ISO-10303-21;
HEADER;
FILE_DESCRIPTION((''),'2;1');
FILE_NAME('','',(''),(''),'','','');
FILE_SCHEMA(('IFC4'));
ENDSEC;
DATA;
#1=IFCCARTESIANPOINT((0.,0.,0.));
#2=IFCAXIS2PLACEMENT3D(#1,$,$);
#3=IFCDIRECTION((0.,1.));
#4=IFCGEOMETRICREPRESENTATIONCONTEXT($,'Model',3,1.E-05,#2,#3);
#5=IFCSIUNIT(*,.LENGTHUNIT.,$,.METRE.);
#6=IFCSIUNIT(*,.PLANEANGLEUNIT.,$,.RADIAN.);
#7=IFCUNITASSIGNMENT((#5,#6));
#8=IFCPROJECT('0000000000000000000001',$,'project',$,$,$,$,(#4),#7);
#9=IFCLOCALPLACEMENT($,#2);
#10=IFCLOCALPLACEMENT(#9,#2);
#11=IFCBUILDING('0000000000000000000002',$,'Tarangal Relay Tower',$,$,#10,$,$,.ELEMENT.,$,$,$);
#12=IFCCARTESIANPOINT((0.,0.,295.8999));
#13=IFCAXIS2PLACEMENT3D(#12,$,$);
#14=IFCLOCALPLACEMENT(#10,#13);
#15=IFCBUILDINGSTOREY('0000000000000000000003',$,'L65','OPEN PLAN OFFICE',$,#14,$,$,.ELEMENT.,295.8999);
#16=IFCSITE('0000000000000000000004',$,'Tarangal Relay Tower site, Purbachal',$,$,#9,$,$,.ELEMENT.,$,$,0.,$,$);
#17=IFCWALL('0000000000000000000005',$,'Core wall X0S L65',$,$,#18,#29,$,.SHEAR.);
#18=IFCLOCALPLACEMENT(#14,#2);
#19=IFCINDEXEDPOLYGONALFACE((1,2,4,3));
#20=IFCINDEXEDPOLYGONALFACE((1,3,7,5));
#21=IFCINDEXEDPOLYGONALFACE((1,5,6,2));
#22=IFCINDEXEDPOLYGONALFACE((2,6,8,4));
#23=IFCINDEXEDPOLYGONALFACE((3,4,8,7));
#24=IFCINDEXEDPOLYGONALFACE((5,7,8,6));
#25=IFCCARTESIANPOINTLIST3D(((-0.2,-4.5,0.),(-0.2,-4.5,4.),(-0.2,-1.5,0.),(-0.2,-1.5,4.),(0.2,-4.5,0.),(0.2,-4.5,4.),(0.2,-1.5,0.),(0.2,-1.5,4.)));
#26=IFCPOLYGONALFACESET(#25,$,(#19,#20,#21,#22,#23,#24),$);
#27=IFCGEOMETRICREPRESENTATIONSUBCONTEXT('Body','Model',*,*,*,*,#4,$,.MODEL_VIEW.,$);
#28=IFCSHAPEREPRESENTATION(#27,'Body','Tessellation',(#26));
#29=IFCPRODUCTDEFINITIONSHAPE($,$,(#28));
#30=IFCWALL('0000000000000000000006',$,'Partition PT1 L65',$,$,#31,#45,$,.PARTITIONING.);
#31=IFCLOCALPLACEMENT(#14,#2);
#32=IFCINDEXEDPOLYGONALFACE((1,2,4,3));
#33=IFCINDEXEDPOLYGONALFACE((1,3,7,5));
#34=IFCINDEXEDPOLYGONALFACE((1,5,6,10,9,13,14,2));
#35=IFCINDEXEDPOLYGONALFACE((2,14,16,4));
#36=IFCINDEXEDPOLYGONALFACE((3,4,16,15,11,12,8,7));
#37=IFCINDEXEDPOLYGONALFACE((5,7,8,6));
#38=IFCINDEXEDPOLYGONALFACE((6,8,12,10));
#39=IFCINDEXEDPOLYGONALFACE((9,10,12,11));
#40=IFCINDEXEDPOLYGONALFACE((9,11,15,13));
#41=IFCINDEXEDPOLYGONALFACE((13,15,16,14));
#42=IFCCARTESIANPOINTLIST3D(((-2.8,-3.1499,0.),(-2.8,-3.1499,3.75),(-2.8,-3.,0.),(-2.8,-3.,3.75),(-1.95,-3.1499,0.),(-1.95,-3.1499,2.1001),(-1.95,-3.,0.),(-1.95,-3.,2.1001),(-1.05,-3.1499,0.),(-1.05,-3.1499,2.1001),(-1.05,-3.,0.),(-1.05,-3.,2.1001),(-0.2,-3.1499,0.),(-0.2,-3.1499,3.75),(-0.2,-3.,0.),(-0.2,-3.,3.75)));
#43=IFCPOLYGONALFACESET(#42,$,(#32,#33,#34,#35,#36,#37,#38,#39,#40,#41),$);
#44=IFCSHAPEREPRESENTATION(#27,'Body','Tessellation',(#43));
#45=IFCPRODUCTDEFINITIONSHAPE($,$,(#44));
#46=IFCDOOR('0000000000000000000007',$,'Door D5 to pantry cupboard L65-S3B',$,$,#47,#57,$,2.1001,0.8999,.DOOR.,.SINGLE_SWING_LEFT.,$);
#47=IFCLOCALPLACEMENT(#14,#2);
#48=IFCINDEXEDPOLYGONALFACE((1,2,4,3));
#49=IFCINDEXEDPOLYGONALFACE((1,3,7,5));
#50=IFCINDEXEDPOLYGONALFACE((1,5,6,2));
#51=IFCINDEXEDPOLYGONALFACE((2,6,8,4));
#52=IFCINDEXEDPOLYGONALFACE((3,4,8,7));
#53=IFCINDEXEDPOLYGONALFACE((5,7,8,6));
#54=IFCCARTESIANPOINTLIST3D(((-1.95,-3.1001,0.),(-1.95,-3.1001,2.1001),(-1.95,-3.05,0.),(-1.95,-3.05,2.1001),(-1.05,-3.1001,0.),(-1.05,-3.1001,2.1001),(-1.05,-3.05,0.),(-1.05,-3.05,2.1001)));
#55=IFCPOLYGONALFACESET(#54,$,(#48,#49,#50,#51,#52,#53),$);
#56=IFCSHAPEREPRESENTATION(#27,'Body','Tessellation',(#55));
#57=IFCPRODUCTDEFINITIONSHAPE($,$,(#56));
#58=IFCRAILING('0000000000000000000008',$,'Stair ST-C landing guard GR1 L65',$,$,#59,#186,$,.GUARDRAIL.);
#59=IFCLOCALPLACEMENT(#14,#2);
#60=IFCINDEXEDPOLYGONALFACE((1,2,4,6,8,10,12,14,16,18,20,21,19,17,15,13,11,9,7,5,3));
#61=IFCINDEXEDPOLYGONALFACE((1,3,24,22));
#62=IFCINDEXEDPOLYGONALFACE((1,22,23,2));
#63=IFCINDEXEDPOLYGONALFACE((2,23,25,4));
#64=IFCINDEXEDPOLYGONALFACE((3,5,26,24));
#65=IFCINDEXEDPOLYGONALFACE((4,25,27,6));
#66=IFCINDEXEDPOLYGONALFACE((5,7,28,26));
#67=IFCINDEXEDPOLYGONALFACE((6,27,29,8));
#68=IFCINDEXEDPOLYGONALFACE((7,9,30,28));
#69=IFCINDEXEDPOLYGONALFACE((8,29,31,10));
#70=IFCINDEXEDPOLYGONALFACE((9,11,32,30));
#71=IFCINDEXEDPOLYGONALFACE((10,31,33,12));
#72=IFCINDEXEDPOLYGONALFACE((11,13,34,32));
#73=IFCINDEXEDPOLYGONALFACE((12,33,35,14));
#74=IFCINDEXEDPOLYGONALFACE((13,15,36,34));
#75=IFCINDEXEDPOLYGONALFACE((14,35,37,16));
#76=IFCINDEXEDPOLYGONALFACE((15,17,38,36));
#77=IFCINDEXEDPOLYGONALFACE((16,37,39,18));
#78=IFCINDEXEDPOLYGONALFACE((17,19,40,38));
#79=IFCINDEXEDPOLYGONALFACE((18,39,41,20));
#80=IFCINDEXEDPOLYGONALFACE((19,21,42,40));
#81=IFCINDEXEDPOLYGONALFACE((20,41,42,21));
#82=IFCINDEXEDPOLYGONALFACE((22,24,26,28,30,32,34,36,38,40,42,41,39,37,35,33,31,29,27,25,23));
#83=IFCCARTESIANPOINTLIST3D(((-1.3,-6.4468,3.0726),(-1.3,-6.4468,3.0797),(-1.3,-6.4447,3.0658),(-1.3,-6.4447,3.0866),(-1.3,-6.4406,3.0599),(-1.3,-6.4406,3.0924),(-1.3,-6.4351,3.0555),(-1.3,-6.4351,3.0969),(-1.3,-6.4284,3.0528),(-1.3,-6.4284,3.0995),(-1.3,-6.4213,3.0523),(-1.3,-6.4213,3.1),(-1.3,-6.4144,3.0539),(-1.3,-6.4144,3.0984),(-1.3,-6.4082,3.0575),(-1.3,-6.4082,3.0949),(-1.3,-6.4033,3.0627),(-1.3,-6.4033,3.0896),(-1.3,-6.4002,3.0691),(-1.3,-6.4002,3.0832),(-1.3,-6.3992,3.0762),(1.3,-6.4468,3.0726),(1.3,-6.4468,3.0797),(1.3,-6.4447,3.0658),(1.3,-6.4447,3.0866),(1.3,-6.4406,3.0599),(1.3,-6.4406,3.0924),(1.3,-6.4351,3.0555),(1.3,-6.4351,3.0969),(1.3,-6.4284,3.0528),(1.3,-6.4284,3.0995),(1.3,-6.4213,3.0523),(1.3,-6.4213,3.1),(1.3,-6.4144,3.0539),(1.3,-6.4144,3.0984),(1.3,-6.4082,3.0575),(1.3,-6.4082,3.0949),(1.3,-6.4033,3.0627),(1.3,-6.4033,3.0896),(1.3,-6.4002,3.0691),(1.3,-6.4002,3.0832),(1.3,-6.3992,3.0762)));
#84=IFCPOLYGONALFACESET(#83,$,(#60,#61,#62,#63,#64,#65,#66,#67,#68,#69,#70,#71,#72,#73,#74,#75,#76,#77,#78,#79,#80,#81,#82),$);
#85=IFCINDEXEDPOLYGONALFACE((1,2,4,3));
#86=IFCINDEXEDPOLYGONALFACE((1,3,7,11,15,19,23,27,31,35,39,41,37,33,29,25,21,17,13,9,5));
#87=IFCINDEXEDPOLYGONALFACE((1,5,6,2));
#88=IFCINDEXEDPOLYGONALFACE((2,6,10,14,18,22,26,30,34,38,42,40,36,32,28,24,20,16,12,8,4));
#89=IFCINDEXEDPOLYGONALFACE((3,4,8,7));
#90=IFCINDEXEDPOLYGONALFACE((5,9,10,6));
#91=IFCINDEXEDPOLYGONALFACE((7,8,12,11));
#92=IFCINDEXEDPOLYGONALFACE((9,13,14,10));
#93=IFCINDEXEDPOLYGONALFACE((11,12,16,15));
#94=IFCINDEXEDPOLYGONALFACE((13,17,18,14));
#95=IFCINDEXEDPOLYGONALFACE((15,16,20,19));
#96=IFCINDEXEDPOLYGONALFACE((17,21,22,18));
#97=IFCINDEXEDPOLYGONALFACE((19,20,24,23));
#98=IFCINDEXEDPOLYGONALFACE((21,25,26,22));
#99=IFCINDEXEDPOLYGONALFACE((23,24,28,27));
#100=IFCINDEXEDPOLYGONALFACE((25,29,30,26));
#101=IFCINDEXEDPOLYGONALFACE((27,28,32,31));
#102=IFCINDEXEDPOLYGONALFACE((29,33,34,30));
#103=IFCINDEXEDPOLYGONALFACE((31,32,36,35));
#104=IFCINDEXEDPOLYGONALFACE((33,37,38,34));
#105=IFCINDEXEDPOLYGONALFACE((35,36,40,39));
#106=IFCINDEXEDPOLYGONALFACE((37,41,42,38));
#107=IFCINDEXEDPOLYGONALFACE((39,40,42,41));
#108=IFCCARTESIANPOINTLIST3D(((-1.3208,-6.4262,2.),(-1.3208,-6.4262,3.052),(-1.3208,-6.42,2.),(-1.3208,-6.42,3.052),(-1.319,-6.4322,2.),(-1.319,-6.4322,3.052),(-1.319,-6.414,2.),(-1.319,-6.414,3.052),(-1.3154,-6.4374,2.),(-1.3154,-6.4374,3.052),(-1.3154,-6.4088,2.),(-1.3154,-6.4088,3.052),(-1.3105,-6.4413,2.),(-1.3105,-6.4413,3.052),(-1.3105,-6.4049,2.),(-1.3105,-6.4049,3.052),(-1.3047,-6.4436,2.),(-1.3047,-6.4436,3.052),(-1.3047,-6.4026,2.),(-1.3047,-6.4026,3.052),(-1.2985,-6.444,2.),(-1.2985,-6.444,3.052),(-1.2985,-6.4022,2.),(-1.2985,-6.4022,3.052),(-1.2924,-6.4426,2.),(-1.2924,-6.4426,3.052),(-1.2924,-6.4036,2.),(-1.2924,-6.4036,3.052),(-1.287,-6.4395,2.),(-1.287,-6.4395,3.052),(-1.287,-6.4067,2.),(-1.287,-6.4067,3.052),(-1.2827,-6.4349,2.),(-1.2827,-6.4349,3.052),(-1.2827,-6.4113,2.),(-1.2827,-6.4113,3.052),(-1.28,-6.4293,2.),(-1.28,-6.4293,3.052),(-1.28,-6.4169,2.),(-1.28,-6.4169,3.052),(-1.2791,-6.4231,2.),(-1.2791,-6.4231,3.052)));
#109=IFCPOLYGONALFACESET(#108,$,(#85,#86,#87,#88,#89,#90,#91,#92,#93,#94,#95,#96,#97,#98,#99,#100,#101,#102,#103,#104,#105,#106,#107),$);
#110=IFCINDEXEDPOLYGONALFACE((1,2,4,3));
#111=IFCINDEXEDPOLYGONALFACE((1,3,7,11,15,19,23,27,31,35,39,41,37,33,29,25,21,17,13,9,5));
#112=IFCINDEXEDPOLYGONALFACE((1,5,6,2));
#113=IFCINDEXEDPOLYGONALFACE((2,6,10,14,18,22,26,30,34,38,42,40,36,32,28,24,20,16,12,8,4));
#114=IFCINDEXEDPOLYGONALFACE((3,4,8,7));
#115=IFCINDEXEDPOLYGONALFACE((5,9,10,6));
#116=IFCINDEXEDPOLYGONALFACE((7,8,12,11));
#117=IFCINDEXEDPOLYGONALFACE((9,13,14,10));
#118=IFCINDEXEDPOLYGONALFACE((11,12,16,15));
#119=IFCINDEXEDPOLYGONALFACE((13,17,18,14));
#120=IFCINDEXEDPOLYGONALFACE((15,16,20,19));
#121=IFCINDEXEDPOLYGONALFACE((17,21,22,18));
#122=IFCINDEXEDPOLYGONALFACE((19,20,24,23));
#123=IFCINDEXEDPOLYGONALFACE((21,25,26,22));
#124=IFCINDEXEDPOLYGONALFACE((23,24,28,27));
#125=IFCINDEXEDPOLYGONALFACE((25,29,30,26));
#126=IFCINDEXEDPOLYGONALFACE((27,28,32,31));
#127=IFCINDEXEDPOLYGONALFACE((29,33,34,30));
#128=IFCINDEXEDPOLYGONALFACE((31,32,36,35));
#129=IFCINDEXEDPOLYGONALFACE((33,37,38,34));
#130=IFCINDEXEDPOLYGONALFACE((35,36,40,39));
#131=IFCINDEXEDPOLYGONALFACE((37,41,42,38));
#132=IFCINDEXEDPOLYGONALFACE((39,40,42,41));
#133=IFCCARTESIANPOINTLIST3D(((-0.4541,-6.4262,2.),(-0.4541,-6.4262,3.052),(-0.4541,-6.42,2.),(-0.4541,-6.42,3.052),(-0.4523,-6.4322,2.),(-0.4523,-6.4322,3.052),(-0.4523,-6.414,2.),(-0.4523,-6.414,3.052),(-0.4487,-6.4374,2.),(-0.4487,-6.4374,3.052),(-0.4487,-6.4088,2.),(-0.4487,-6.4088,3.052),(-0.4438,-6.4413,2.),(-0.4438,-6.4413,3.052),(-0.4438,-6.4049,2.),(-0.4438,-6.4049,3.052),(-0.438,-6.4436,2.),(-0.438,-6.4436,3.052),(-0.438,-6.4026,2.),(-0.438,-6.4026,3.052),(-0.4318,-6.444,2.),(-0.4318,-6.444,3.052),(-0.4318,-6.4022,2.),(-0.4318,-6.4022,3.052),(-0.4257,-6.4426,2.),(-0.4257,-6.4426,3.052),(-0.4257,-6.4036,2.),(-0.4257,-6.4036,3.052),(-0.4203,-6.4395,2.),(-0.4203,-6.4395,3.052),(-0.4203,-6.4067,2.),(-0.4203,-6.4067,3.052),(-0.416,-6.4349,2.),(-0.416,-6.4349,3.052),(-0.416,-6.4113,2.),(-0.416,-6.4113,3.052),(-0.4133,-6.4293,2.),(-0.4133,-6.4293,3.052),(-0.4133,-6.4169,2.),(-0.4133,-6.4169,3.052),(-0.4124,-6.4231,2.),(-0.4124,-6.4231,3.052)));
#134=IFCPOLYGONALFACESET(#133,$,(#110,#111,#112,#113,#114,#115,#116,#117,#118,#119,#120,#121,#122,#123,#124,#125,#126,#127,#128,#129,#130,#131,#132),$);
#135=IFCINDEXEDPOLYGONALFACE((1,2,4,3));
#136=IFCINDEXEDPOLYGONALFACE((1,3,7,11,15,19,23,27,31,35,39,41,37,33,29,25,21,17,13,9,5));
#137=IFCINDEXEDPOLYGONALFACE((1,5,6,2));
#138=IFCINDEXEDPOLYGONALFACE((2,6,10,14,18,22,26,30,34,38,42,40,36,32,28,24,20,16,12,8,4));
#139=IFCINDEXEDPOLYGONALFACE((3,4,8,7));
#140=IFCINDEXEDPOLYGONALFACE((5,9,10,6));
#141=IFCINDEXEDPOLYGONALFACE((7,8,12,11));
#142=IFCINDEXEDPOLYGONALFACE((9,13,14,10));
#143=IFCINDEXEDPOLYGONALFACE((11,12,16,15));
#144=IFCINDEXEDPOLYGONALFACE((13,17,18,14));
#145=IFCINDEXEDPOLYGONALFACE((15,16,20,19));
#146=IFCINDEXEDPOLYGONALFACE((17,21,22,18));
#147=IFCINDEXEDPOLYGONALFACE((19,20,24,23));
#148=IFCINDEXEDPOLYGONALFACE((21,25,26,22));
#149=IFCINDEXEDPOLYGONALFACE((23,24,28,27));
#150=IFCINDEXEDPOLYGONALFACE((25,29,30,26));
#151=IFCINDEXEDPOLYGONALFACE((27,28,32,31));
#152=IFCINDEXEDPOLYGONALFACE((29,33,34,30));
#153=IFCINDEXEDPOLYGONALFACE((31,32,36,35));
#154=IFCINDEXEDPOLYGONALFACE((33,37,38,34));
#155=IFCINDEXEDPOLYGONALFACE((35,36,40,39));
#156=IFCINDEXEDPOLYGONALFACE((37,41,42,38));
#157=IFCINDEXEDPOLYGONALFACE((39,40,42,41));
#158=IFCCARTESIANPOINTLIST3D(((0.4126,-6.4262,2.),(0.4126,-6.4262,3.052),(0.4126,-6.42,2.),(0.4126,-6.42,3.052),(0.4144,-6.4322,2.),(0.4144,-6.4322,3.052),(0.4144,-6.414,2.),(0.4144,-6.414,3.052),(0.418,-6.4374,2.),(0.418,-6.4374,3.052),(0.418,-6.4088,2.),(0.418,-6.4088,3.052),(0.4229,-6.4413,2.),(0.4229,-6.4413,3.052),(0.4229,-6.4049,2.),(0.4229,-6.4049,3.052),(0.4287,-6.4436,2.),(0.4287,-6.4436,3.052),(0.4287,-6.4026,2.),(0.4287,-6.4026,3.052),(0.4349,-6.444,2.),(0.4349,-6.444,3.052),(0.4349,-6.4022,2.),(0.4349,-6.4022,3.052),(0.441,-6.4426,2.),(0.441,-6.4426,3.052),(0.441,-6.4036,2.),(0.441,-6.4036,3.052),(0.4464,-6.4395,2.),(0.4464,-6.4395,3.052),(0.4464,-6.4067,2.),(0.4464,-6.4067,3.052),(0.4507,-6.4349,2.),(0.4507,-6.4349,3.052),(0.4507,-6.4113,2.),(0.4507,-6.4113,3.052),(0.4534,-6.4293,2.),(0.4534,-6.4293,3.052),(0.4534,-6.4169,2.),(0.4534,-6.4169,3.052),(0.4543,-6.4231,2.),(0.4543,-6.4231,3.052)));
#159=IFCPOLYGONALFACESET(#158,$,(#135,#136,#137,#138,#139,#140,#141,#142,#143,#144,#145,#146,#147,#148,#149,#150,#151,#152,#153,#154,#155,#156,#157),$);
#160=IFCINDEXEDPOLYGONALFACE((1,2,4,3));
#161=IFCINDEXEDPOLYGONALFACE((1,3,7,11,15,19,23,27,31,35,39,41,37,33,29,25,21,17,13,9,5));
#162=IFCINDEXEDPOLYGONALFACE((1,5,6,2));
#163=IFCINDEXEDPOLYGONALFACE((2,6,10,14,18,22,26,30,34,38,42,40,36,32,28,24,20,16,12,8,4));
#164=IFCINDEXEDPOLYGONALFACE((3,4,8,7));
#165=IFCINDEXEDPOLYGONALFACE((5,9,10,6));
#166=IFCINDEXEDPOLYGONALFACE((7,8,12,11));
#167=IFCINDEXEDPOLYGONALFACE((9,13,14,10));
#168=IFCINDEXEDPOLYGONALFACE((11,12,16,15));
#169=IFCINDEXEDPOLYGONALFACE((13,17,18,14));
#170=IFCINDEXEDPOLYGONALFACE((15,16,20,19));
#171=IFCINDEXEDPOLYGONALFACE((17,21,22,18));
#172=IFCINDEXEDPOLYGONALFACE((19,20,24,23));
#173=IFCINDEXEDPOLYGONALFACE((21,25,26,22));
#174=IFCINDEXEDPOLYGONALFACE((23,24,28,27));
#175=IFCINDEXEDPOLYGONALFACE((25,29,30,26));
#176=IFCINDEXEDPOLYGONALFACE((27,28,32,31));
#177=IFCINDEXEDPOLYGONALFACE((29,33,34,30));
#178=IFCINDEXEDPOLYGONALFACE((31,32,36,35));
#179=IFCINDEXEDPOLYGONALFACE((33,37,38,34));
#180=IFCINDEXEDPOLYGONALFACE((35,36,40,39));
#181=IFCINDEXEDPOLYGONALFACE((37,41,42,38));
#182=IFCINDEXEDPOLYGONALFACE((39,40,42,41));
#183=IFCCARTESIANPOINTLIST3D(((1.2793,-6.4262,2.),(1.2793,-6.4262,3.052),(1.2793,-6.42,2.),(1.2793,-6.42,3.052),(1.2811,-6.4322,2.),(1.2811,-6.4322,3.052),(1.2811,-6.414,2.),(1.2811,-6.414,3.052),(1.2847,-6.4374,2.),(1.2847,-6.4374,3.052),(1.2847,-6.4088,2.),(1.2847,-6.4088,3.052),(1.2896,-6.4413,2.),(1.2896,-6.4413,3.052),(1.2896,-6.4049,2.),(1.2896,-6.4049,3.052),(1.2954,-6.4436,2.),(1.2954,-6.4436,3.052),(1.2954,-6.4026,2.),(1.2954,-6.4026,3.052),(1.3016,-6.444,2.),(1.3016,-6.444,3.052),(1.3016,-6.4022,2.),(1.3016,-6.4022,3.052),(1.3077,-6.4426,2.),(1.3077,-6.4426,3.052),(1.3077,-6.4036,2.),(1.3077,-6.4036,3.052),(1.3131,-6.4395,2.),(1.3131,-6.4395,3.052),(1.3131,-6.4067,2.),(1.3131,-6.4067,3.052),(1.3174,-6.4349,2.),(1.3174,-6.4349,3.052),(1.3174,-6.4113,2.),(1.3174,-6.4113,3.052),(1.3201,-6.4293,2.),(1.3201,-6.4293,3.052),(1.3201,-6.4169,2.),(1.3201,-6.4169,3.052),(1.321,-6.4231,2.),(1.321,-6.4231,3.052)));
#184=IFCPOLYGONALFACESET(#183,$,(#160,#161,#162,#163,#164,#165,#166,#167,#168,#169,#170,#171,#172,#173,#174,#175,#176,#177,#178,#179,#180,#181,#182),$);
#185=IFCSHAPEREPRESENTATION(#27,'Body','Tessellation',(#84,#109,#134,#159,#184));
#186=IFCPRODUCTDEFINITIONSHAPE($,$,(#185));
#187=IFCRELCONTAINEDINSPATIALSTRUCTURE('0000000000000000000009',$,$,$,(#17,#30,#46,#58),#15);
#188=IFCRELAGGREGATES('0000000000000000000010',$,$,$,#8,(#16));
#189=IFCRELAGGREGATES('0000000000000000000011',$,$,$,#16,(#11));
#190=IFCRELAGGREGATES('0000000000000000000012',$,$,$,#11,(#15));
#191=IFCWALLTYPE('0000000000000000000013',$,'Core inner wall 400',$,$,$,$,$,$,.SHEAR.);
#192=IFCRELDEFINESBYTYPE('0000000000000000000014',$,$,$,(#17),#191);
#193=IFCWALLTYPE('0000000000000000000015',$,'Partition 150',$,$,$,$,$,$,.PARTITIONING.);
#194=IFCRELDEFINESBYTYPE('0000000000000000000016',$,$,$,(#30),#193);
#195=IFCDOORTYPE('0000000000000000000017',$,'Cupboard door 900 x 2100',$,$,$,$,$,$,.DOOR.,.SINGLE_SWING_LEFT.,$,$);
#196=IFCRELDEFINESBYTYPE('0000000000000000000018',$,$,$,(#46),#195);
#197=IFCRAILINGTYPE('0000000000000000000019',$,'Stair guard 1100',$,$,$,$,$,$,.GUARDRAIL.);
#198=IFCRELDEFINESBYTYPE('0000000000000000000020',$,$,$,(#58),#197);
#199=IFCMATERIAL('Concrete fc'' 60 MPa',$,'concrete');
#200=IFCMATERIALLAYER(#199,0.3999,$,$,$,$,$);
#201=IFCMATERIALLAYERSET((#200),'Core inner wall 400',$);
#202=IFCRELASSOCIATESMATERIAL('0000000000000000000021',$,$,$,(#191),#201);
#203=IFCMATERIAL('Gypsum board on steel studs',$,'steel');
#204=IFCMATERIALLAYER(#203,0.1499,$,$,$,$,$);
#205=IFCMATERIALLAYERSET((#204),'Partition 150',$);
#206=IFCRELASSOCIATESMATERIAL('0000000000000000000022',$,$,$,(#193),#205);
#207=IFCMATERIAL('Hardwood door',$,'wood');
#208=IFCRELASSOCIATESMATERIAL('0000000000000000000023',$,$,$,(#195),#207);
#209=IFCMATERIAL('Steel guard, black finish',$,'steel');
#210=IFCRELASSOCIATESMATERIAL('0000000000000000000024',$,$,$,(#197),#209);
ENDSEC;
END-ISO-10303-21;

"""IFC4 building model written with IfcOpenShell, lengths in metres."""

from ifc_helpers import new_model, si_unit, direction, frame, frame_2d, origin, origin_2d, place, context, subcontext, project, spatial, rectangle, circle, extrude, material, layer, layer_set, type_object, element, fill, save


model = new_model("IFC4")

# Units and contexts
model_context = context("Model", 3, precision=1e-05, world=origin(), true_north=direction((0.0, 1.0)))
body_context = subcontext(model_context, "Body", "Model", "MODEL_VIEW")
ifc_project = project(units=[si_unit("LENGTHUNIT", "METRE"), si_unit("PLANEANGLEUNIT", "RADIAN")], contexts=[model_context])

# Site, building, storey
site_placement = place(None, origin())
site = spatial("IfcSite", under=ifc_project, at=site_placement, Name="Tarangal Relay Tower site, Purbachal", CompositionType="ELEMENT", RefElevation=0.0)
building_placement = place(site_placement, origin())
building = spatial("IfcBuilding", under=site, at=building_placement, Name="Tarangal Relay Tower", CompositionType="ELEMENT")
storey_placement = place(building_placement, frame((0.0, 0.0, 295.8999)))
storey = spatial("IfcBuildingStorey", under=building, at=storey_placement, Name="L65", Description="OPEN PLAN OFFICE", CompositionType="ELEMENT", Elevation=295.8999)

# Shared definitions
ifc_material_1 = material(Name="Concrete fc' 60 MPa", Category="concrete")
ifc_layer_1 = layer(ifc_material_1, 0.3999)
ifc_layer_set_1 = layer_set([ifc_layer_1], Name="Core inner wall 400")
wall_type_1 = type_object("IfcWallType", Name="Core inner wall 400", PredefinedType="SHEAR", material=ifc_layer_set_1)

# Wall
for number, where, z_axis, x_axis, name in (
    (1, (0.0, -4.5, 0.0), (0.0, 0.0, 1.0), (0.0, 1.0, 0.0), "Core wall X0S L65"),
):
    element("IfcWall", number, at=place(storey_placement, frame(where, z_axis=z_axis, x_axis=x_axis)), inside=storey, type_object=wall_type_1, Name=name, PredefinedType="SHEAR", context=body_context, shape_type="SweptSolid", body=[
        extrude(rectangle(XDim=3.0, YDim=0.3999, at=frame_2d((1.5, 0.0))), origin(), (0.0, 0.0, 1.0), 4.0),
    ])

# Wall, opening, door
ifc_material_2 = material(Name="Gypsum board on steel studs", Category="steel")
ifc_layer_2 = layer(ifc_material_2, 0.1499)
ifc_layer_set_2 = layer_set([ifc_layer_2], Name="Partition 150")
wall_type_2 = type_object("IfcWallType", Name="Partition 150", PredefinedType="PARTITIONING", material=ifc_layer_set_2)
wall_1_placement = place(storey_placement, frame((-2.8, -3.075, 0.0), z_axis=(0.0, 0.0, 1.0), x_axis=(1.0, 0.0, 0.0)))
wall_1 = element("IfcWall", 2, at=wall_1_placement, inside=storey, type_object=wall_type_2, Name="Partition PT1 L65", PredefinedType="PARTITIONING", context=body_context, shape_type="SweptSolid", body=[
    extrude(rectangle(XDim=2.6001, YDim=0.1499, at=frame_2d((1.3, 0.0))), origin(), (0.0, 0.0, 1.0), 3.75),
])
opening_1_placement = place(wall_1_placement, frame((0.8501, 0.0, 0.0)))
opening_1 = element("IfcOpeningElement", 3, at=opening_1_placement, cuts=wall_1, PredefinedType="OPENING", context=body_context, shape_type="SweptSolid", body=[
    extrude(rectangle(XDim=0.8999, YDim=2.1001, at=frame_2d((0.45, 1.05))), frame((0.0, 0.085, 0.0), z_axis=(0.0, -1.0, 0.0), x_axis=(1.0, 0.0, 0.0)), (0.0, 0.0, 1.0), 0.1699),
])
ifc_material_3 = material(Name="Hardwood door", Category="wood")
door_type_1 = type_object("IfcDoorType", Name="Cupboard door 900 x 2100", OperationType="SINGLE_SWING_LEFT", PredefinedType="DOOR", material=ifc_material_3)
door_1_placement = place(opening_1_placement, origin())
door_1 = element("IfcDoor", 4, at=door_1_placement, inside=storey, type_object=door_type_1, Name="Door D5 to pantry cupboard L65-S3B", OperationType="SINGLE_SWING_LEFT", OverallHeight=2.1001, OverallWidth=0.8999, PredefinedType="DOOR", context=body_context, shape_type="SweptSolid", body=[
    extrude(rectangle(XDim=0.8999, YDim=2.1001, at=frame_2d((0.45, 1.05))), frame((0.0, 0.0249, 0.0), z_axis=(0.0, -1.0, 0.0), x_axis=(1.0, 0.0, 0.0)), (0.0, 0.0, 1.0), 0.05),
])
fill(opening_1, door_1)

# Railing
ifc_material_4 = material(Name="Steel guard, black finish", Category="steel")
railing_type = type_object("IfcRailingType", Name="Stair guard 1100", PredefinedType="GUARDRAIL", material=ifc_material_4)
railing_placement = place(storey_placement, frame((-1.3, -6.4231, 2.0)))
element("IfcRailing", 5, at=railing_placement, inside=storey, type_object=railing_type, Name="Stair ST-C landing guard GR1 L65", PredefinedType="GUARDRAIL", context=body_context, shape_type="SweptSolid", body=[
    extrude(circle(Radius=0.0239, at=origin_2d()), frame((0.0, 0.0, 1.0762), z_axis=(1.0, 0.0, 0.0), x_axis=(0.0, 1.0, 0.0)), (0.0, 0.0, 1.0), 2.6001),
    extrude(circle(Radius=0.021, at=origin_2d()), origin(), (0.0, 0.0, 1.0), 1.052),
    extrude(circle(Radius=0.021, at=origin_2d()), frame((0.8667, 0.0, 0.0)), (0.0, 0.0, 1.0), 1.052),
    extrude(circle(Radius=0.021, at=origin_2d()), frame((1.7334, 0.0, 0.0)), (0.0, 0.0, 1.0), 1.052),
    extrude(circle(Radius=0.021, at=origin_2d()), frame((2.6001, 0.0, 0.0)), (0.0, 0.0, 1.0), 1.052),
])

save(model, "model.ifc")
